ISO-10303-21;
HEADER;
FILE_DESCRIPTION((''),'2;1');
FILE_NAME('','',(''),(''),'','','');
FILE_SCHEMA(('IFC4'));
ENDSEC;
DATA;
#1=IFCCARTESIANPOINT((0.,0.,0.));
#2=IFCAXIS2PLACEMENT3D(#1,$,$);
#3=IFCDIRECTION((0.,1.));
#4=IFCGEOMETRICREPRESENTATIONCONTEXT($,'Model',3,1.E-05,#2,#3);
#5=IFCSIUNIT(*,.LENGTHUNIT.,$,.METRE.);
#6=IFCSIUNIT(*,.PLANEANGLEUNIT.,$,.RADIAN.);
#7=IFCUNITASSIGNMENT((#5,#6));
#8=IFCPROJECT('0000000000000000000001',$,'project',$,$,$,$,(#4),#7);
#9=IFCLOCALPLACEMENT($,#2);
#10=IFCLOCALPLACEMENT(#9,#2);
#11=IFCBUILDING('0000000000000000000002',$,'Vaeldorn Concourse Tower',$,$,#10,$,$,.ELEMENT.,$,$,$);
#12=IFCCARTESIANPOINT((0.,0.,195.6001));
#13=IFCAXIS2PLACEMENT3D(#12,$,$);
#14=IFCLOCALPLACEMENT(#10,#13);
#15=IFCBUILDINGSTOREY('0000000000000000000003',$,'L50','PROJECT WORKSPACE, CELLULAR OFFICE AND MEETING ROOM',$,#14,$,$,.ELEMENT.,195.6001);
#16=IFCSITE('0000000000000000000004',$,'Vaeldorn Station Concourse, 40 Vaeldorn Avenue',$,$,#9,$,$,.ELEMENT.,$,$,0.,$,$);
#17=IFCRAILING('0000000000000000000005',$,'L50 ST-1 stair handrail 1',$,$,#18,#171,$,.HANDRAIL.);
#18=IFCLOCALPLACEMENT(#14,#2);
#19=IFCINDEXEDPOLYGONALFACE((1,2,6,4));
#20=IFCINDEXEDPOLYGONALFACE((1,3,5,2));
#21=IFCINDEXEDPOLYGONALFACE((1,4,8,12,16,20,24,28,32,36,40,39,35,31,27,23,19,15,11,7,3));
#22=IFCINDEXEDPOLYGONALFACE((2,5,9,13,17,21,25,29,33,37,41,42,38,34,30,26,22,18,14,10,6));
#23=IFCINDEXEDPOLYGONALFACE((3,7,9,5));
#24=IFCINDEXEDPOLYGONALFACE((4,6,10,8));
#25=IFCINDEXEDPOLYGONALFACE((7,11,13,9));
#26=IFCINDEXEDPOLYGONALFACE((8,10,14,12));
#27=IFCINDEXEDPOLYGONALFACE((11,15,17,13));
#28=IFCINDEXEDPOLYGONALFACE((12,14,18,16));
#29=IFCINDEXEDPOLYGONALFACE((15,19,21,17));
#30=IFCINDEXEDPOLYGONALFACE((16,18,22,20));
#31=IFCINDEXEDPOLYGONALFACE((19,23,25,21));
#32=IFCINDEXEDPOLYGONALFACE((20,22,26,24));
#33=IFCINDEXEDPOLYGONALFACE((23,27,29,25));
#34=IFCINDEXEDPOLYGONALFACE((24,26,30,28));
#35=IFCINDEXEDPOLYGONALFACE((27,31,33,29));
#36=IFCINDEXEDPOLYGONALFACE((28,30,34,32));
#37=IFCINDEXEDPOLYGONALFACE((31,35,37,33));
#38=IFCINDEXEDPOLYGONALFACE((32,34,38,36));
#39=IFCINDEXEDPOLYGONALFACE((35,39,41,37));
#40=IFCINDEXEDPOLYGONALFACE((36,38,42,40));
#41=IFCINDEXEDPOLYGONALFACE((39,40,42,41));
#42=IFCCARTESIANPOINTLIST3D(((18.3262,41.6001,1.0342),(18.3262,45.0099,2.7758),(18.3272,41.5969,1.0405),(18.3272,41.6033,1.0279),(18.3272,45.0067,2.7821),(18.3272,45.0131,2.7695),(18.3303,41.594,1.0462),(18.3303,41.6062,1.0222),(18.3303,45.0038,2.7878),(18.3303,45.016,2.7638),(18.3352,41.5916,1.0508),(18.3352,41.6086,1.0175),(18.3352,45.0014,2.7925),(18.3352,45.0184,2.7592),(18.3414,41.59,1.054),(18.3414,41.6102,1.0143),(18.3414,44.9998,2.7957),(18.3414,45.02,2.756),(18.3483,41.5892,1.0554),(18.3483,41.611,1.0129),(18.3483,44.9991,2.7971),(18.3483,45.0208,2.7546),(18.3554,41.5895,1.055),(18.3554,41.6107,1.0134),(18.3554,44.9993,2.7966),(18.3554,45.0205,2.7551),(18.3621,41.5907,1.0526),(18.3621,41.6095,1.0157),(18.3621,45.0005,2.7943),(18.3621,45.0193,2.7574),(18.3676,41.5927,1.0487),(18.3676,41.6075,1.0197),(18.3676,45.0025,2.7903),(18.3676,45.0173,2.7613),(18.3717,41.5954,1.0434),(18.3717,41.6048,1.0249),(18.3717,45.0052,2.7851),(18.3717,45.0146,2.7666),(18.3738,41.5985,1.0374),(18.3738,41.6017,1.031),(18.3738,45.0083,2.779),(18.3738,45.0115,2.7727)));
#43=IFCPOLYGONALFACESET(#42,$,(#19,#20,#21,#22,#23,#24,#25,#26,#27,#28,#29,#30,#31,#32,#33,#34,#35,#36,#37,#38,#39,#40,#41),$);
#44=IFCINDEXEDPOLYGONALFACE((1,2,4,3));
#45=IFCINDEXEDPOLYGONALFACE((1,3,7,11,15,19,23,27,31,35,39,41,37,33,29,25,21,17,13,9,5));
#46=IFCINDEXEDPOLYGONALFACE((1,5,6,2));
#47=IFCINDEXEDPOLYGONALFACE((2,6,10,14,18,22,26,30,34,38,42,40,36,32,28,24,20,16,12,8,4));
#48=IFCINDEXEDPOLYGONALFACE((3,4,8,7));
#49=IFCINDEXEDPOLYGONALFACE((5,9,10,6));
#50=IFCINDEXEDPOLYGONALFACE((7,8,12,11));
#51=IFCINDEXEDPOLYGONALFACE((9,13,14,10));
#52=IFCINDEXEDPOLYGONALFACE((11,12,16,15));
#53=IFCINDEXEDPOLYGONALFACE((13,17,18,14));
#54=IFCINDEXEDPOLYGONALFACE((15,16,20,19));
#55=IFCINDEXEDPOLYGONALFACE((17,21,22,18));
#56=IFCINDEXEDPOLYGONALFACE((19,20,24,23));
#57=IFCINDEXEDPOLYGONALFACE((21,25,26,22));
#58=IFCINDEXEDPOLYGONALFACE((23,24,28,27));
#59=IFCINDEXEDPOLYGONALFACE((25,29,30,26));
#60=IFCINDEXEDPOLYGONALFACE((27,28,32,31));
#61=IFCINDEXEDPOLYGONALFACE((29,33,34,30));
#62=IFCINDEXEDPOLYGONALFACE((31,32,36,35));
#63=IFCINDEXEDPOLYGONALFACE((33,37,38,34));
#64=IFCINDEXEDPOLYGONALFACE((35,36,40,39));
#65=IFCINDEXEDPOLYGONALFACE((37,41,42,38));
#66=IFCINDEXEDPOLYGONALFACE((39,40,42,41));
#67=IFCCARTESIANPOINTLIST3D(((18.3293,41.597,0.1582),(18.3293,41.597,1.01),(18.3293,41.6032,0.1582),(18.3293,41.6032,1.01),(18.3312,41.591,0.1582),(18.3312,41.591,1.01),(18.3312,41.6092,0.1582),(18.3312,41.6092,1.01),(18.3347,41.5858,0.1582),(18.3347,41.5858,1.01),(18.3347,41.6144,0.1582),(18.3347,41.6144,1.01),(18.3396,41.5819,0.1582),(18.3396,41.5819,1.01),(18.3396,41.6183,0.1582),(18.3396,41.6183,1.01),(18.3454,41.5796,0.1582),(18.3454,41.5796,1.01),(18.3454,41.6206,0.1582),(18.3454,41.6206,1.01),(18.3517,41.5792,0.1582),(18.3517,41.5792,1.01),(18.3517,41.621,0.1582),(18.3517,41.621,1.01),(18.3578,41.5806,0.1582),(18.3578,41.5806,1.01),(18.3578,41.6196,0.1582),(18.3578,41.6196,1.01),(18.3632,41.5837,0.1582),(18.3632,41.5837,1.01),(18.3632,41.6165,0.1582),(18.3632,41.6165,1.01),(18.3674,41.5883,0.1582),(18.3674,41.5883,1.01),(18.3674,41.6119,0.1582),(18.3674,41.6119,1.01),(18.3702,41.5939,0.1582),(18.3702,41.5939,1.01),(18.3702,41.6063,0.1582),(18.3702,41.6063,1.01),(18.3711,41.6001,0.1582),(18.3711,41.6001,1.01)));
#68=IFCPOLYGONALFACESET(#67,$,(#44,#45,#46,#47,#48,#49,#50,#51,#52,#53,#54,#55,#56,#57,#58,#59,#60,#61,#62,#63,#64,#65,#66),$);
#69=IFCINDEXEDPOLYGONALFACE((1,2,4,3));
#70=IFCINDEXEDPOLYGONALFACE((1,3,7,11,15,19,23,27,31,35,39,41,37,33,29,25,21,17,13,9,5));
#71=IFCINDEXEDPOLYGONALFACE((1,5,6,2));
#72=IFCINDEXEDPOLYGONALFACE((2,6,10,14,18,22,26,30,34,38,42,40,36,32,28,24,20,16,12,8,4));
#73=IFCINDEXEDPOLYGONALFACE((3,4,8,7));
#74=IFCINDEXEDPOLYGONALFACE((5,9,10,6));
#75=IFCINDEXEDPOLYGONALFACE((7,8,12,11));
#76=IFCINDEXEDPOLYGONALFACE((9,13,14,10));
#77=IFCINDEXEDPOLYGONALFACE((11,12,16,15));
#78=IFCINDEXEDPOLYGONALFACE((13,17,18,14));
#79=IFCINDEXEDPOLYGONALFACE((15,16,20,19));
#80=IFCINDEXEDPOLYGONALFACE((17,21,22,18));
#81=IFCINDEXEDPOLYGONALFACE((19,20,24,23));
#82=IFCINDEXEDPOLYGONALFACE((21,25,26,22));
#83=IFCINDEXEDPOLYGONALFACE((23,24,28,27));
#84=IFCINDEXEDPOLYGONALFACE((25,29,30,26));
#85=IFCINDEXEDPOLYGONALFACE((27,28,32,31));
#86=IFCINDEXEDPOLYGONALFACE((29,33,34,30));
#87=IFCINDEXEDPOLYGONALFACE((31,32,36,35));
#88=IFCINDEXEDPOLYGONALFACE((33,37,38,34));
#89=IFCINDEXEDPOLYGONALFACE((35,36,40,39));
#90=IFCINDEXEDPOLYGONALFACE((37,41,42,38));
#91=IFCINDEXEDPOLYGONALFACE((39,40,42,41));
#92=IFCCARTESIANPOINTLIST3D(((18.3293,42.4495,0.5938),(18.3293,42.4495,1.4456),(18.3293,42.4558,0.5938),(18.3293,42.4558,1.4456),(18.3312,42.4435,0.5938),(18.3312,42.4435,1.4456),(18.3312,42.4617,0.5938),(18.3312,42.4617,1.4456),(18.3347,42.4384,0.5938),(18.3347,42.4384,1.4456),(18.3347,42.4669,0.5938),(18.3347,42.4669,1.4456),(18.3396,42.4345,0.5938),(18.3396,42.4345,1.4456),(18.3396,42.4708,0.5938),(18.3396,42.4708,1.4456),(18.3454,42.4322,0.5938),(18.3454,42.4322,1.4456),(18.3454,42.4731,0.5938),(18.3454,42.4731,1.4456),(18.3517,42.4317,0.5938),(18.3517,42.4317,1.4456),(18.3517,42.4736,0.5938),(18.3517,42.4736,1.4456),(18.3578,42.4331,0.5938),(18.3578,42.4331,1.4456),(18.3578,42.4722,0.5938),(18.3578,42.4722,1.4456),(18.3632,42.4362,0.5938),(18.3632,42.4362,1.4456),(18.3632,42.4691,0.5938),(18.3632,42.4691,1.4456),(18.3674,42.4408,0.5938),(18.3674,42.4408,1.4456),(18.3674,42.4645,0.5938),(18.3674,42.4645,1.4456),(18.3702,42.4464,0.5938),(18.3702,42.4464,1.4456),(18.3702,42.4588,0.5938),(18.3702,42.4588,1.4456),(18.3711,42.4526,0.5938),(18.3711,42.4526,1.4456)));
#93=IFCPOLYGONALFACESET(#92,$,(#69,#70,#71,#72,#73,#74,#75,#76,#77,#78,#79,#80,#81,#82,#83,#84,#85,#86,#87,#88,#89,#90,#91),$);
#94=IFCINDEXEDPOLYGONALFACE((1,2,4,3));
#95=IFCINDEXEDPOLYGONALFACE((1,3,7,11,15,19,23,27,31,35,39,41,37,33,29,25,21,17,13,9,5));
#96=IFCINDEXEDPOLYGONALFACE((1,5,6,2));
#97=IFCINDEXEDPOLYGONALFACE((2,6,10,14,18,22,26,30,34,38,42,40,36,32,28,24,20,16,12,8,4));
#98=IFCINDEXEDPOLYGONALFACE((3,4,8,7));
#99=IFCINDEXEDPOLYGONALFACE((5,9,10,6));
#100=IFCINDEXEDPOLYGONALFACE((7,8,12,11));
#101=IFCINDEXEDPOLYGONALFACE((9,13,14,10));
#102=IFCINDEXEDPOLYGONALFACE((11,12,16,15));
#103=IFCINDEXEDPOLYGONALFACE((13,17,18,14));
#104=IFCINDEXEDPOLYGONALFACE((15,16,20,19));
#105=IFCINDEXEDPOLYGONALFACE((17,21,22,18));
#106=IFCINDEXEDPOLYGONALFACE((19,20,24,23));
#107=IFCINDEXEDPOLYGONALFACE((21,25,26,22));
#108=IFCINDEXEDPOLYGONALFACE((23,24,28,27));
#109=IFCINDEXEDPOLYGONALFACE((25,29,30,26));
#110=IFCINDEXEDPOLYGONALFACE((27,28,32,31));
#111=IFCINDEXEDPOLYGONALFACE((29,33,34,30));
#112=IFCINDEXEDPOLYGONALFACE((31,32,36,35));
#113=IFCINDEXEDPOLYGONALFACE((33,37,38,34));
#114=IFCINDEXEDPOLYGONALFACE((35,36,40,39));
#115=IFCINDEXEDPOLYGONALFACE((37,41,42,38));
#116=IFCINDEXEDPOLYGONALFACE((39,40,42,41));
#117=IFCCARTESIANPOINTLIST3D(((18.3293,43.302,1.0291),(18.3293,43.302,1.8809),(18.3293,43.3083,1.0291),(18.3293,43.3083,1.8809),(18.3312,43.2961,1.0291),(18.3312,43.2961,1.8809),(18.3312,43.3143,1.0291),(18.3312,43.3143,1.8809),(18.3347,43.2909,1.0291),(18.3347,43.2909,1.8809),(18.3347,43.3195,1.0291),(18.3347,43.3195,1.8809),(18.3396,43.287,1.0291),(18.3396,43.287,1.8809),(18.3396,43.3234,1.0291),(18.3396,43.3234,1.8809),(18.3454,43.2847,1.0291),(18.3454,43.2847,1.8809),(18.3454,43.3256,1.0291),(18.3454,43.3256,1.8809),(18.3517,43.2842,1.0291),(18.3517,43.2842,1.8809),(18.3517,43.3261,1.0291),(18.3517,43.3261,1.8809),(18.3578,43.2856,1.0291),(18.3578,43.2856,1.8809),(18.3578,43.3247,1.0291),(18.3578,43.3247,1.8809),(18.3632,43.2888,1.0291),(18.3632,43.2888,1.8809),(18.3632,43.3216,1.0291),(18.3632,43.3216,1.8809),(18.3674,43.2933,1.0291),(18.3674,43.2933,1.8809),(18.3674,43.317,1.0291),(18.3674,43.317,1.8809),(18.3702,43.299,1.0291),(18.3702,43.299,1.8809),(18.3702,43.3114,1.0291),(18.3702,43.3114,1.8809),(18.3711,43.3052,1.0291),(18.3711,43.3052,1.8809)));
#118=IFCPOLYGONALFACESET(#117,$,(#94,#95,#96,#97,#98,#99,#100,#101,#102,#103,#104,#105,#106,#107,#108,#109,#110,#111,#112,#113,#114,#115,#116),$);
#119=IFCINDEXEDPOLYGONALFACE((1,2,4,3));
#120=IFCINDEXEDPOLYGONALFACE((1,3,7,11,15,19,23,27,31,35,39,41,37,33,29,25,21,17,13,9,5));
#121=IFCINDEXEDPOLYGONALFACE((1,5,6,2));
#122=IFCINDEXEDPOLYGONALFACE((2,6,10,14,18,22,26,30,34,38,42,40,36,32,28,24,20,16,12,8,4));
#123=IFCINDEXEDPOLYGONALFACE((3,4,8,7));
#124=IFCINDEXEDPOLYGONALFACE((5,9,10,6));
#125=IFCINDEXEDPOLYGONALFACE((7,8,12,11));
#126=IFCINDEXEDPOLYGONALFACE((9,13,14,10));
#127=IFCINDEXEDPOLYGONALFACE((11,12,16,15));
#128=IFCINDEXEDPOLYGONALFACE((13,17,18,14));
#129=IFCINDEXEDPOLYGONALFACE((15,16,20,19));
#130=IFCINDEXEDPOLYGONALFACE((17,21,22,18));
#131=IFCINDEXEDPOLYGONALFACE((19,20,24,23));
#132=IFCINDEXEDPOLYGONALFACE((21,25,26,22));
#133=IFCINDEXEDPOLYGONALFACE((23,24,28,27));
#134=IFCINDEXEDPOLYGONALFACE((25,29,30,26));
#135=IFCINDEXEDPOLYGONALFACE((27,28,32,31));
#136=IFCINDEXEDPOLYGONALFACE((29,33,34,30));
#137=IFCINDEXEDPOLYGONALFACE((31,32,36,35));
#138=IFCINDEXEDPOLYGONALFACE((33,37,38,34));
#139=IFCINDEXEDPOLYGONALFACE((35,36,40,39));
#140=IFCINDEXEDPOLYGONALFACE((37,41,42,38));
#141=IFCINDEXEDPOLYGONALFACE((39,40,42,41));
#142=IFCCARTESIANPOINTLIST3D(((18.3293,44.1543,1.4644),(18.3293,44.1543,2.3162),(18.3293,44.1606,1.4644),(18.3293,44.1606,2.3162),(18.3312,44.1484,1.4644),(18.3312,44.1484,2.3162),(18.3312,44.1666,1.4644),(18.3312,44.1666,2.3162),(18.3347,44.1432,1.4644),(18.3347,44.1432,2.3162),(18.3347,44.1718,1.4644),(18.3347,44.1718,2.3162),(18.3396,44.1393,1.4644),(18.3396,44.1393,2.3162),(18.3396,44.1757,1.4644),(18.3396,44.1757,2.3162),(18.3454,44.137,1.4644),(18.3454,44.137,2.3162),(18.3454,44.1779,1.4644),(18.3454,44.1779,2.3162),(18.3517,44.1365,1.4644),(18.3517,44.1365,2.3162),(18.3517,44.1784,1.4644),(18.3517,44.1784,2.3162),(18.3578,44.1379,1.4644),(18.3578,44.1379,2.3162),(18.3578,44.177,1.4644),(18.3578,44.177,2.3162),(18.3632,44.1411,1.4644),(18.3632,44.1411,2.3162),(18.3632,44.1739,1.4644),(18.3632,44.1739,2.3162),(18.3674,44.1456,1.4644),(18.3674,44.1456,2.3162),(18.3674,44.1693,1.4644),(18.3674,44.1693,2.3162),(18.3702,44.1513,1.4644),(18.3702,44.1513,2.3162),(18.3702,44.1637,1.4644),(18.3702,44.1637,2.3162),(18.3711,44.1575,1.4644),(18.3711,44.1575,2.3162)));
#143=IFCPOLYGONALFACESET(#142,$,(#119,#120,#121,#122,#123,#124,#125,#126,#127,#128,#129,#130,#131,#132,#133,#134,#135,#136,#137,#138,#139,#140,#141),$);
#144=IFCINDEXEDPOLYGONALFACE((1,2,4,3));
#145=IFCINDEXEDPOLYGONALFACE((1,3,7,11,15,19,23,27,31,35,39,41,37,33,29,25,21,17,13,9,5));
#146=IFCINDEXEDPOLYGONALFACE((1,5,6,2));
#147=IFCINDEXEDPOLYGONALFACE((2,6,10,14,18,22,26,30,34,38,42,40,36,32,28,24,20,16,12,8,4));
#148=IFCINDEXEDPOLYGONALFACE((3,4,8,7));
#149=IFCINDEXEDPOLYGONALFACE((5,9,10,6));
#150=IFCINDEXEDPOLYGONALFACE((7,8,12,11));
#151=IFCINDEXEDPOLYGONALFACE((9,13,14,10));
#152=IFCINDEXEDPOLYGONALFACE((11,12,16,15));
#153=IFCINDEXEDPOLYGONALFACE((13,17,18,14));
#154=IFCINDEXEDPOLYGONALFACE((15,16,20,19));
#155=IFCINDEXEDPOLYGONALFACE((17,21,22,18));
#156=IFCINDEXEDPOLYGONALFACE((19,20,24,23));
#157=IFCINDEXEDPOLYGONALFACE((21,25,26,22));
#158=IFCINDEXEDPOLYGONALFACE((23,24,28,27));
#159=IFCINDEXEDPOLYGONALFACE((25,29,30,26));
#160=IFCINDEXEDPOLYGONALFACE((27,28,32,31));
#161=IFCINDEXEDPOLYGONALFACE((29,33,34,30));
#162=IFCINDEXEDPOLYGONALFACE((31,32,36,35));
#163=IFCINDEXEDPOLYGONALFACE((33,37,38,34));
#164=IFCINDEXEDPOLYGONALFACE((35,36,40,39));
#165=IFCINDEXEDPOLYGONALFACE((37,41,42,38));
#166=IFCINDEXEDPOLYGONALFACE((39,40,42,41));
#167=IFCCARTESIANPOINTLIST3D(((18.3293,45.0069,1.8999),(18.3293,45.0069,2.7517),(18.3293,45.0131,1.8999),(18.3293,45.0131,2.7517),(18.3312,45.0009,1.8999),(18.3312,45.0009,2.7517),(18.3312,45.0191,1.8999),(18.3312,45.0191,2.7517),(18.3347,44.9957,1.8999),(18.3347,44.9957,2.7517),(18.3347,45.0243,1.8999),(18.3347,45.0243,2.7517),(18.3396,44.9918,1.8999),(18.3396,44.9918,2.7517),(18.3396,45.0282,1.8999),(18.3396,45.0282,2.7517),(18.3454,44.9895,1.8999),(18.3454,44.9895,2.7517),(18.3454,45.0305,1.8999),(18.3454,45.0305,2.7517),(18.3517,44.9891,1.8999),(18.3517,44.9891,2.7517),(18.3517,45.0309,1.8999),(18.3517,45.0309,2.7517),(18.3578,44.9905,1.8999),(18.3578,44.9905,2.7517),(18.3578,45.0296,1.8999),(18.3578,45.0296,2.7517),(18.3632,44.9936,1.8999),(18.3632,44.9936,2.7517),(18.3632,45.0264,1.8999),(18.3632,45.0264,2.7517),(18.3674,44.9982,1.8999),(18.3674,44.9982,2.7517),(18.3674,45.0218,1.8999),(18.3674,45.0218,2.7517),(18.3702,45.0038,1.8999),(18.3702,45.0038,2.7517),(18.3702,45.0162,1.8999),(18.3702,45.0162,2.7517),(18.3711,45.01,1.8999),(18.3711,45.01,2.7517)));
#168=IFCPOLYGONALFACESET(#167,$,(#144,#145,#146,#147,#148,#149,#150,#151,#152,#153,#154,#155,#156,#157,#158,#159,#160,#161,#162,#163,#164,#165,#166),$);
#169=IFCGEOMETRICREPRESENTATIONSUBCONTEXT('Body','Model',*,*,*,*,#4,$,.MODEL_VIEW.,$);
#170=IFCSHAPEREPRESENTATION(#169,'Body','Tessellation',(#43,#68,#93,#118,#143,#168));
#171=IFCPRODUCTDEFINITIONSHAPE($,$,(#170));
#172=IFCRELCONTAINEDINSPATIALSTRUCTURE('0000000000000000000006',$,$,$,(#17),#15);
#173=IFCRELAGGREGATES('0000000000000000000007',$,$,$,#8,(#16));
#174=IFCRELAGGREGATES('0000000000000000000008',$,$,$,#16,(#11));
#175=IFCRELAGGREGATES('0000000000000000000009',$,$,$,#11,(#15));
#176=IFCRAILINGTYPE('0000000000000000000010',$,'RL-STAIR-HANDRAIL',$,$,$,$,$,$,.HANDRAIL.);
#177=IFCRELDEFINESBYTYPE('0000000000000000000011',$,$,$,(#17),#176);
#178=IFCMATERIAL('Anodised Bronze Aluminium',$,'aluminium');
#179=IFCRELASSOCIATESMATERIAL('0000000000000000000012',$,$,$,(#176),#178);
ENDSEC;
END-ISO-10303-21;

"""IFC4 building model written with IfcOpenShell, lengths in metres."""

from ifc_helpers import new_model, si_unit, direction, frame, origin, origin_2d, place, context, subcontext, project, spatial, circle, extrude, material, type_object, element, save


model = new_model("IFC4")

# Units and contexts
model_context = context("Model", 3, precision=1e-05, world=origin(), true_north=direction((0.0, 1.0)))
body_context = subcontext(model_context, "Body", "Model", "MODEL_VIEW")
ifc_project = project(units=[si_unit("LENGTHUNIT", "METRE"), si_unit("PLANEANGLEUNIT", "RADIAN")], contexts=[model_context])

# Site, building, storey
site_placement = place(None, origin())
site = spatial("IfcSite", under=ifc_project, at=site_placement, Name="Vaeldorn Station Concourse, 40 Vaeldorn Avenue", CompositionType="ELEMENT", RefElevation=0.0)
building_placement = place(site_placement, origin())
building = spatial("IfcBuilding", under=site, at=building_placement, Name="Vaeldorn Concourse Tower", CompositionType="ELEMENT")
storey_placement = place(building_placement, frame((0.0, 0.0, 195.6001)))
storey = spatial("IfcBuildingStorey", under=building, at=storey_placement, Name="L50", Description="PROJECT WORKSPACE, CELLULAR OFFICE AND MEETING ROOM", CompositionType="ELEMENT", Elevation=195.6001)

# Shared definitions
ifc_material_1 = material(Name="Anodised Bronze Aluminium", Category="aluminium")

# Railing
railing_type_1 = type_object("IfcRailingType", Name="RL-STAIR-HANDRAIL", PredefinedType="HANDRAIL", material=ifc_material_1)
railing_1_placement = place(storey_placement, frame((18.3501, 41.6001, 0.1582)))
element("IfcRailing", 1, at=railing_1_placement, inside=storey, type_object=railing_type_1, Name="L50 ST-1 stair handrail 1", PredefinedType="HANDRAIL", context=body_context, shape_type="SweptSolid", body=[
    extrude(circle(Radius=0.0239, at=origin_2d()), frame((0.0, 0.0, 0.876), z_axis=(0.0, 0.890556, 0.454874), x_axis=(-1.0, 0.0, 0.0)), (0.0, 0.0, 1.0), 3.8289),
    extrude(circle(Radius=0.021, at=origin_2d()), origin(), (0.0, 0.0, 1.0), 0.8518),
    extrude(circle(Radius=0.021, at=origin_2d()), frame((0.0, 0.8525, 0.4355)), (0.0, 0.0, 1.0), 0.8518),
    extrude(circle(Radius=0.021, at=origin_2d()), frame((0.0, 1.7051, 0.8708)), (0.0, 0.0, 1.0), 0.8518),
    extrude(circle(Radius=0.021, at=origin_2d()), frame((0.0, 2.5574, 1.3062)), (0.0, 0.0, 1.0), 0.8518),
    extrude(circle(Radius=0.021, at=origin_2d()), frame((0.0, 3.4099, 1.7417)), (0.0, 0.0, 1.0), 0.8518),
])

save(model, "model.ifc")
